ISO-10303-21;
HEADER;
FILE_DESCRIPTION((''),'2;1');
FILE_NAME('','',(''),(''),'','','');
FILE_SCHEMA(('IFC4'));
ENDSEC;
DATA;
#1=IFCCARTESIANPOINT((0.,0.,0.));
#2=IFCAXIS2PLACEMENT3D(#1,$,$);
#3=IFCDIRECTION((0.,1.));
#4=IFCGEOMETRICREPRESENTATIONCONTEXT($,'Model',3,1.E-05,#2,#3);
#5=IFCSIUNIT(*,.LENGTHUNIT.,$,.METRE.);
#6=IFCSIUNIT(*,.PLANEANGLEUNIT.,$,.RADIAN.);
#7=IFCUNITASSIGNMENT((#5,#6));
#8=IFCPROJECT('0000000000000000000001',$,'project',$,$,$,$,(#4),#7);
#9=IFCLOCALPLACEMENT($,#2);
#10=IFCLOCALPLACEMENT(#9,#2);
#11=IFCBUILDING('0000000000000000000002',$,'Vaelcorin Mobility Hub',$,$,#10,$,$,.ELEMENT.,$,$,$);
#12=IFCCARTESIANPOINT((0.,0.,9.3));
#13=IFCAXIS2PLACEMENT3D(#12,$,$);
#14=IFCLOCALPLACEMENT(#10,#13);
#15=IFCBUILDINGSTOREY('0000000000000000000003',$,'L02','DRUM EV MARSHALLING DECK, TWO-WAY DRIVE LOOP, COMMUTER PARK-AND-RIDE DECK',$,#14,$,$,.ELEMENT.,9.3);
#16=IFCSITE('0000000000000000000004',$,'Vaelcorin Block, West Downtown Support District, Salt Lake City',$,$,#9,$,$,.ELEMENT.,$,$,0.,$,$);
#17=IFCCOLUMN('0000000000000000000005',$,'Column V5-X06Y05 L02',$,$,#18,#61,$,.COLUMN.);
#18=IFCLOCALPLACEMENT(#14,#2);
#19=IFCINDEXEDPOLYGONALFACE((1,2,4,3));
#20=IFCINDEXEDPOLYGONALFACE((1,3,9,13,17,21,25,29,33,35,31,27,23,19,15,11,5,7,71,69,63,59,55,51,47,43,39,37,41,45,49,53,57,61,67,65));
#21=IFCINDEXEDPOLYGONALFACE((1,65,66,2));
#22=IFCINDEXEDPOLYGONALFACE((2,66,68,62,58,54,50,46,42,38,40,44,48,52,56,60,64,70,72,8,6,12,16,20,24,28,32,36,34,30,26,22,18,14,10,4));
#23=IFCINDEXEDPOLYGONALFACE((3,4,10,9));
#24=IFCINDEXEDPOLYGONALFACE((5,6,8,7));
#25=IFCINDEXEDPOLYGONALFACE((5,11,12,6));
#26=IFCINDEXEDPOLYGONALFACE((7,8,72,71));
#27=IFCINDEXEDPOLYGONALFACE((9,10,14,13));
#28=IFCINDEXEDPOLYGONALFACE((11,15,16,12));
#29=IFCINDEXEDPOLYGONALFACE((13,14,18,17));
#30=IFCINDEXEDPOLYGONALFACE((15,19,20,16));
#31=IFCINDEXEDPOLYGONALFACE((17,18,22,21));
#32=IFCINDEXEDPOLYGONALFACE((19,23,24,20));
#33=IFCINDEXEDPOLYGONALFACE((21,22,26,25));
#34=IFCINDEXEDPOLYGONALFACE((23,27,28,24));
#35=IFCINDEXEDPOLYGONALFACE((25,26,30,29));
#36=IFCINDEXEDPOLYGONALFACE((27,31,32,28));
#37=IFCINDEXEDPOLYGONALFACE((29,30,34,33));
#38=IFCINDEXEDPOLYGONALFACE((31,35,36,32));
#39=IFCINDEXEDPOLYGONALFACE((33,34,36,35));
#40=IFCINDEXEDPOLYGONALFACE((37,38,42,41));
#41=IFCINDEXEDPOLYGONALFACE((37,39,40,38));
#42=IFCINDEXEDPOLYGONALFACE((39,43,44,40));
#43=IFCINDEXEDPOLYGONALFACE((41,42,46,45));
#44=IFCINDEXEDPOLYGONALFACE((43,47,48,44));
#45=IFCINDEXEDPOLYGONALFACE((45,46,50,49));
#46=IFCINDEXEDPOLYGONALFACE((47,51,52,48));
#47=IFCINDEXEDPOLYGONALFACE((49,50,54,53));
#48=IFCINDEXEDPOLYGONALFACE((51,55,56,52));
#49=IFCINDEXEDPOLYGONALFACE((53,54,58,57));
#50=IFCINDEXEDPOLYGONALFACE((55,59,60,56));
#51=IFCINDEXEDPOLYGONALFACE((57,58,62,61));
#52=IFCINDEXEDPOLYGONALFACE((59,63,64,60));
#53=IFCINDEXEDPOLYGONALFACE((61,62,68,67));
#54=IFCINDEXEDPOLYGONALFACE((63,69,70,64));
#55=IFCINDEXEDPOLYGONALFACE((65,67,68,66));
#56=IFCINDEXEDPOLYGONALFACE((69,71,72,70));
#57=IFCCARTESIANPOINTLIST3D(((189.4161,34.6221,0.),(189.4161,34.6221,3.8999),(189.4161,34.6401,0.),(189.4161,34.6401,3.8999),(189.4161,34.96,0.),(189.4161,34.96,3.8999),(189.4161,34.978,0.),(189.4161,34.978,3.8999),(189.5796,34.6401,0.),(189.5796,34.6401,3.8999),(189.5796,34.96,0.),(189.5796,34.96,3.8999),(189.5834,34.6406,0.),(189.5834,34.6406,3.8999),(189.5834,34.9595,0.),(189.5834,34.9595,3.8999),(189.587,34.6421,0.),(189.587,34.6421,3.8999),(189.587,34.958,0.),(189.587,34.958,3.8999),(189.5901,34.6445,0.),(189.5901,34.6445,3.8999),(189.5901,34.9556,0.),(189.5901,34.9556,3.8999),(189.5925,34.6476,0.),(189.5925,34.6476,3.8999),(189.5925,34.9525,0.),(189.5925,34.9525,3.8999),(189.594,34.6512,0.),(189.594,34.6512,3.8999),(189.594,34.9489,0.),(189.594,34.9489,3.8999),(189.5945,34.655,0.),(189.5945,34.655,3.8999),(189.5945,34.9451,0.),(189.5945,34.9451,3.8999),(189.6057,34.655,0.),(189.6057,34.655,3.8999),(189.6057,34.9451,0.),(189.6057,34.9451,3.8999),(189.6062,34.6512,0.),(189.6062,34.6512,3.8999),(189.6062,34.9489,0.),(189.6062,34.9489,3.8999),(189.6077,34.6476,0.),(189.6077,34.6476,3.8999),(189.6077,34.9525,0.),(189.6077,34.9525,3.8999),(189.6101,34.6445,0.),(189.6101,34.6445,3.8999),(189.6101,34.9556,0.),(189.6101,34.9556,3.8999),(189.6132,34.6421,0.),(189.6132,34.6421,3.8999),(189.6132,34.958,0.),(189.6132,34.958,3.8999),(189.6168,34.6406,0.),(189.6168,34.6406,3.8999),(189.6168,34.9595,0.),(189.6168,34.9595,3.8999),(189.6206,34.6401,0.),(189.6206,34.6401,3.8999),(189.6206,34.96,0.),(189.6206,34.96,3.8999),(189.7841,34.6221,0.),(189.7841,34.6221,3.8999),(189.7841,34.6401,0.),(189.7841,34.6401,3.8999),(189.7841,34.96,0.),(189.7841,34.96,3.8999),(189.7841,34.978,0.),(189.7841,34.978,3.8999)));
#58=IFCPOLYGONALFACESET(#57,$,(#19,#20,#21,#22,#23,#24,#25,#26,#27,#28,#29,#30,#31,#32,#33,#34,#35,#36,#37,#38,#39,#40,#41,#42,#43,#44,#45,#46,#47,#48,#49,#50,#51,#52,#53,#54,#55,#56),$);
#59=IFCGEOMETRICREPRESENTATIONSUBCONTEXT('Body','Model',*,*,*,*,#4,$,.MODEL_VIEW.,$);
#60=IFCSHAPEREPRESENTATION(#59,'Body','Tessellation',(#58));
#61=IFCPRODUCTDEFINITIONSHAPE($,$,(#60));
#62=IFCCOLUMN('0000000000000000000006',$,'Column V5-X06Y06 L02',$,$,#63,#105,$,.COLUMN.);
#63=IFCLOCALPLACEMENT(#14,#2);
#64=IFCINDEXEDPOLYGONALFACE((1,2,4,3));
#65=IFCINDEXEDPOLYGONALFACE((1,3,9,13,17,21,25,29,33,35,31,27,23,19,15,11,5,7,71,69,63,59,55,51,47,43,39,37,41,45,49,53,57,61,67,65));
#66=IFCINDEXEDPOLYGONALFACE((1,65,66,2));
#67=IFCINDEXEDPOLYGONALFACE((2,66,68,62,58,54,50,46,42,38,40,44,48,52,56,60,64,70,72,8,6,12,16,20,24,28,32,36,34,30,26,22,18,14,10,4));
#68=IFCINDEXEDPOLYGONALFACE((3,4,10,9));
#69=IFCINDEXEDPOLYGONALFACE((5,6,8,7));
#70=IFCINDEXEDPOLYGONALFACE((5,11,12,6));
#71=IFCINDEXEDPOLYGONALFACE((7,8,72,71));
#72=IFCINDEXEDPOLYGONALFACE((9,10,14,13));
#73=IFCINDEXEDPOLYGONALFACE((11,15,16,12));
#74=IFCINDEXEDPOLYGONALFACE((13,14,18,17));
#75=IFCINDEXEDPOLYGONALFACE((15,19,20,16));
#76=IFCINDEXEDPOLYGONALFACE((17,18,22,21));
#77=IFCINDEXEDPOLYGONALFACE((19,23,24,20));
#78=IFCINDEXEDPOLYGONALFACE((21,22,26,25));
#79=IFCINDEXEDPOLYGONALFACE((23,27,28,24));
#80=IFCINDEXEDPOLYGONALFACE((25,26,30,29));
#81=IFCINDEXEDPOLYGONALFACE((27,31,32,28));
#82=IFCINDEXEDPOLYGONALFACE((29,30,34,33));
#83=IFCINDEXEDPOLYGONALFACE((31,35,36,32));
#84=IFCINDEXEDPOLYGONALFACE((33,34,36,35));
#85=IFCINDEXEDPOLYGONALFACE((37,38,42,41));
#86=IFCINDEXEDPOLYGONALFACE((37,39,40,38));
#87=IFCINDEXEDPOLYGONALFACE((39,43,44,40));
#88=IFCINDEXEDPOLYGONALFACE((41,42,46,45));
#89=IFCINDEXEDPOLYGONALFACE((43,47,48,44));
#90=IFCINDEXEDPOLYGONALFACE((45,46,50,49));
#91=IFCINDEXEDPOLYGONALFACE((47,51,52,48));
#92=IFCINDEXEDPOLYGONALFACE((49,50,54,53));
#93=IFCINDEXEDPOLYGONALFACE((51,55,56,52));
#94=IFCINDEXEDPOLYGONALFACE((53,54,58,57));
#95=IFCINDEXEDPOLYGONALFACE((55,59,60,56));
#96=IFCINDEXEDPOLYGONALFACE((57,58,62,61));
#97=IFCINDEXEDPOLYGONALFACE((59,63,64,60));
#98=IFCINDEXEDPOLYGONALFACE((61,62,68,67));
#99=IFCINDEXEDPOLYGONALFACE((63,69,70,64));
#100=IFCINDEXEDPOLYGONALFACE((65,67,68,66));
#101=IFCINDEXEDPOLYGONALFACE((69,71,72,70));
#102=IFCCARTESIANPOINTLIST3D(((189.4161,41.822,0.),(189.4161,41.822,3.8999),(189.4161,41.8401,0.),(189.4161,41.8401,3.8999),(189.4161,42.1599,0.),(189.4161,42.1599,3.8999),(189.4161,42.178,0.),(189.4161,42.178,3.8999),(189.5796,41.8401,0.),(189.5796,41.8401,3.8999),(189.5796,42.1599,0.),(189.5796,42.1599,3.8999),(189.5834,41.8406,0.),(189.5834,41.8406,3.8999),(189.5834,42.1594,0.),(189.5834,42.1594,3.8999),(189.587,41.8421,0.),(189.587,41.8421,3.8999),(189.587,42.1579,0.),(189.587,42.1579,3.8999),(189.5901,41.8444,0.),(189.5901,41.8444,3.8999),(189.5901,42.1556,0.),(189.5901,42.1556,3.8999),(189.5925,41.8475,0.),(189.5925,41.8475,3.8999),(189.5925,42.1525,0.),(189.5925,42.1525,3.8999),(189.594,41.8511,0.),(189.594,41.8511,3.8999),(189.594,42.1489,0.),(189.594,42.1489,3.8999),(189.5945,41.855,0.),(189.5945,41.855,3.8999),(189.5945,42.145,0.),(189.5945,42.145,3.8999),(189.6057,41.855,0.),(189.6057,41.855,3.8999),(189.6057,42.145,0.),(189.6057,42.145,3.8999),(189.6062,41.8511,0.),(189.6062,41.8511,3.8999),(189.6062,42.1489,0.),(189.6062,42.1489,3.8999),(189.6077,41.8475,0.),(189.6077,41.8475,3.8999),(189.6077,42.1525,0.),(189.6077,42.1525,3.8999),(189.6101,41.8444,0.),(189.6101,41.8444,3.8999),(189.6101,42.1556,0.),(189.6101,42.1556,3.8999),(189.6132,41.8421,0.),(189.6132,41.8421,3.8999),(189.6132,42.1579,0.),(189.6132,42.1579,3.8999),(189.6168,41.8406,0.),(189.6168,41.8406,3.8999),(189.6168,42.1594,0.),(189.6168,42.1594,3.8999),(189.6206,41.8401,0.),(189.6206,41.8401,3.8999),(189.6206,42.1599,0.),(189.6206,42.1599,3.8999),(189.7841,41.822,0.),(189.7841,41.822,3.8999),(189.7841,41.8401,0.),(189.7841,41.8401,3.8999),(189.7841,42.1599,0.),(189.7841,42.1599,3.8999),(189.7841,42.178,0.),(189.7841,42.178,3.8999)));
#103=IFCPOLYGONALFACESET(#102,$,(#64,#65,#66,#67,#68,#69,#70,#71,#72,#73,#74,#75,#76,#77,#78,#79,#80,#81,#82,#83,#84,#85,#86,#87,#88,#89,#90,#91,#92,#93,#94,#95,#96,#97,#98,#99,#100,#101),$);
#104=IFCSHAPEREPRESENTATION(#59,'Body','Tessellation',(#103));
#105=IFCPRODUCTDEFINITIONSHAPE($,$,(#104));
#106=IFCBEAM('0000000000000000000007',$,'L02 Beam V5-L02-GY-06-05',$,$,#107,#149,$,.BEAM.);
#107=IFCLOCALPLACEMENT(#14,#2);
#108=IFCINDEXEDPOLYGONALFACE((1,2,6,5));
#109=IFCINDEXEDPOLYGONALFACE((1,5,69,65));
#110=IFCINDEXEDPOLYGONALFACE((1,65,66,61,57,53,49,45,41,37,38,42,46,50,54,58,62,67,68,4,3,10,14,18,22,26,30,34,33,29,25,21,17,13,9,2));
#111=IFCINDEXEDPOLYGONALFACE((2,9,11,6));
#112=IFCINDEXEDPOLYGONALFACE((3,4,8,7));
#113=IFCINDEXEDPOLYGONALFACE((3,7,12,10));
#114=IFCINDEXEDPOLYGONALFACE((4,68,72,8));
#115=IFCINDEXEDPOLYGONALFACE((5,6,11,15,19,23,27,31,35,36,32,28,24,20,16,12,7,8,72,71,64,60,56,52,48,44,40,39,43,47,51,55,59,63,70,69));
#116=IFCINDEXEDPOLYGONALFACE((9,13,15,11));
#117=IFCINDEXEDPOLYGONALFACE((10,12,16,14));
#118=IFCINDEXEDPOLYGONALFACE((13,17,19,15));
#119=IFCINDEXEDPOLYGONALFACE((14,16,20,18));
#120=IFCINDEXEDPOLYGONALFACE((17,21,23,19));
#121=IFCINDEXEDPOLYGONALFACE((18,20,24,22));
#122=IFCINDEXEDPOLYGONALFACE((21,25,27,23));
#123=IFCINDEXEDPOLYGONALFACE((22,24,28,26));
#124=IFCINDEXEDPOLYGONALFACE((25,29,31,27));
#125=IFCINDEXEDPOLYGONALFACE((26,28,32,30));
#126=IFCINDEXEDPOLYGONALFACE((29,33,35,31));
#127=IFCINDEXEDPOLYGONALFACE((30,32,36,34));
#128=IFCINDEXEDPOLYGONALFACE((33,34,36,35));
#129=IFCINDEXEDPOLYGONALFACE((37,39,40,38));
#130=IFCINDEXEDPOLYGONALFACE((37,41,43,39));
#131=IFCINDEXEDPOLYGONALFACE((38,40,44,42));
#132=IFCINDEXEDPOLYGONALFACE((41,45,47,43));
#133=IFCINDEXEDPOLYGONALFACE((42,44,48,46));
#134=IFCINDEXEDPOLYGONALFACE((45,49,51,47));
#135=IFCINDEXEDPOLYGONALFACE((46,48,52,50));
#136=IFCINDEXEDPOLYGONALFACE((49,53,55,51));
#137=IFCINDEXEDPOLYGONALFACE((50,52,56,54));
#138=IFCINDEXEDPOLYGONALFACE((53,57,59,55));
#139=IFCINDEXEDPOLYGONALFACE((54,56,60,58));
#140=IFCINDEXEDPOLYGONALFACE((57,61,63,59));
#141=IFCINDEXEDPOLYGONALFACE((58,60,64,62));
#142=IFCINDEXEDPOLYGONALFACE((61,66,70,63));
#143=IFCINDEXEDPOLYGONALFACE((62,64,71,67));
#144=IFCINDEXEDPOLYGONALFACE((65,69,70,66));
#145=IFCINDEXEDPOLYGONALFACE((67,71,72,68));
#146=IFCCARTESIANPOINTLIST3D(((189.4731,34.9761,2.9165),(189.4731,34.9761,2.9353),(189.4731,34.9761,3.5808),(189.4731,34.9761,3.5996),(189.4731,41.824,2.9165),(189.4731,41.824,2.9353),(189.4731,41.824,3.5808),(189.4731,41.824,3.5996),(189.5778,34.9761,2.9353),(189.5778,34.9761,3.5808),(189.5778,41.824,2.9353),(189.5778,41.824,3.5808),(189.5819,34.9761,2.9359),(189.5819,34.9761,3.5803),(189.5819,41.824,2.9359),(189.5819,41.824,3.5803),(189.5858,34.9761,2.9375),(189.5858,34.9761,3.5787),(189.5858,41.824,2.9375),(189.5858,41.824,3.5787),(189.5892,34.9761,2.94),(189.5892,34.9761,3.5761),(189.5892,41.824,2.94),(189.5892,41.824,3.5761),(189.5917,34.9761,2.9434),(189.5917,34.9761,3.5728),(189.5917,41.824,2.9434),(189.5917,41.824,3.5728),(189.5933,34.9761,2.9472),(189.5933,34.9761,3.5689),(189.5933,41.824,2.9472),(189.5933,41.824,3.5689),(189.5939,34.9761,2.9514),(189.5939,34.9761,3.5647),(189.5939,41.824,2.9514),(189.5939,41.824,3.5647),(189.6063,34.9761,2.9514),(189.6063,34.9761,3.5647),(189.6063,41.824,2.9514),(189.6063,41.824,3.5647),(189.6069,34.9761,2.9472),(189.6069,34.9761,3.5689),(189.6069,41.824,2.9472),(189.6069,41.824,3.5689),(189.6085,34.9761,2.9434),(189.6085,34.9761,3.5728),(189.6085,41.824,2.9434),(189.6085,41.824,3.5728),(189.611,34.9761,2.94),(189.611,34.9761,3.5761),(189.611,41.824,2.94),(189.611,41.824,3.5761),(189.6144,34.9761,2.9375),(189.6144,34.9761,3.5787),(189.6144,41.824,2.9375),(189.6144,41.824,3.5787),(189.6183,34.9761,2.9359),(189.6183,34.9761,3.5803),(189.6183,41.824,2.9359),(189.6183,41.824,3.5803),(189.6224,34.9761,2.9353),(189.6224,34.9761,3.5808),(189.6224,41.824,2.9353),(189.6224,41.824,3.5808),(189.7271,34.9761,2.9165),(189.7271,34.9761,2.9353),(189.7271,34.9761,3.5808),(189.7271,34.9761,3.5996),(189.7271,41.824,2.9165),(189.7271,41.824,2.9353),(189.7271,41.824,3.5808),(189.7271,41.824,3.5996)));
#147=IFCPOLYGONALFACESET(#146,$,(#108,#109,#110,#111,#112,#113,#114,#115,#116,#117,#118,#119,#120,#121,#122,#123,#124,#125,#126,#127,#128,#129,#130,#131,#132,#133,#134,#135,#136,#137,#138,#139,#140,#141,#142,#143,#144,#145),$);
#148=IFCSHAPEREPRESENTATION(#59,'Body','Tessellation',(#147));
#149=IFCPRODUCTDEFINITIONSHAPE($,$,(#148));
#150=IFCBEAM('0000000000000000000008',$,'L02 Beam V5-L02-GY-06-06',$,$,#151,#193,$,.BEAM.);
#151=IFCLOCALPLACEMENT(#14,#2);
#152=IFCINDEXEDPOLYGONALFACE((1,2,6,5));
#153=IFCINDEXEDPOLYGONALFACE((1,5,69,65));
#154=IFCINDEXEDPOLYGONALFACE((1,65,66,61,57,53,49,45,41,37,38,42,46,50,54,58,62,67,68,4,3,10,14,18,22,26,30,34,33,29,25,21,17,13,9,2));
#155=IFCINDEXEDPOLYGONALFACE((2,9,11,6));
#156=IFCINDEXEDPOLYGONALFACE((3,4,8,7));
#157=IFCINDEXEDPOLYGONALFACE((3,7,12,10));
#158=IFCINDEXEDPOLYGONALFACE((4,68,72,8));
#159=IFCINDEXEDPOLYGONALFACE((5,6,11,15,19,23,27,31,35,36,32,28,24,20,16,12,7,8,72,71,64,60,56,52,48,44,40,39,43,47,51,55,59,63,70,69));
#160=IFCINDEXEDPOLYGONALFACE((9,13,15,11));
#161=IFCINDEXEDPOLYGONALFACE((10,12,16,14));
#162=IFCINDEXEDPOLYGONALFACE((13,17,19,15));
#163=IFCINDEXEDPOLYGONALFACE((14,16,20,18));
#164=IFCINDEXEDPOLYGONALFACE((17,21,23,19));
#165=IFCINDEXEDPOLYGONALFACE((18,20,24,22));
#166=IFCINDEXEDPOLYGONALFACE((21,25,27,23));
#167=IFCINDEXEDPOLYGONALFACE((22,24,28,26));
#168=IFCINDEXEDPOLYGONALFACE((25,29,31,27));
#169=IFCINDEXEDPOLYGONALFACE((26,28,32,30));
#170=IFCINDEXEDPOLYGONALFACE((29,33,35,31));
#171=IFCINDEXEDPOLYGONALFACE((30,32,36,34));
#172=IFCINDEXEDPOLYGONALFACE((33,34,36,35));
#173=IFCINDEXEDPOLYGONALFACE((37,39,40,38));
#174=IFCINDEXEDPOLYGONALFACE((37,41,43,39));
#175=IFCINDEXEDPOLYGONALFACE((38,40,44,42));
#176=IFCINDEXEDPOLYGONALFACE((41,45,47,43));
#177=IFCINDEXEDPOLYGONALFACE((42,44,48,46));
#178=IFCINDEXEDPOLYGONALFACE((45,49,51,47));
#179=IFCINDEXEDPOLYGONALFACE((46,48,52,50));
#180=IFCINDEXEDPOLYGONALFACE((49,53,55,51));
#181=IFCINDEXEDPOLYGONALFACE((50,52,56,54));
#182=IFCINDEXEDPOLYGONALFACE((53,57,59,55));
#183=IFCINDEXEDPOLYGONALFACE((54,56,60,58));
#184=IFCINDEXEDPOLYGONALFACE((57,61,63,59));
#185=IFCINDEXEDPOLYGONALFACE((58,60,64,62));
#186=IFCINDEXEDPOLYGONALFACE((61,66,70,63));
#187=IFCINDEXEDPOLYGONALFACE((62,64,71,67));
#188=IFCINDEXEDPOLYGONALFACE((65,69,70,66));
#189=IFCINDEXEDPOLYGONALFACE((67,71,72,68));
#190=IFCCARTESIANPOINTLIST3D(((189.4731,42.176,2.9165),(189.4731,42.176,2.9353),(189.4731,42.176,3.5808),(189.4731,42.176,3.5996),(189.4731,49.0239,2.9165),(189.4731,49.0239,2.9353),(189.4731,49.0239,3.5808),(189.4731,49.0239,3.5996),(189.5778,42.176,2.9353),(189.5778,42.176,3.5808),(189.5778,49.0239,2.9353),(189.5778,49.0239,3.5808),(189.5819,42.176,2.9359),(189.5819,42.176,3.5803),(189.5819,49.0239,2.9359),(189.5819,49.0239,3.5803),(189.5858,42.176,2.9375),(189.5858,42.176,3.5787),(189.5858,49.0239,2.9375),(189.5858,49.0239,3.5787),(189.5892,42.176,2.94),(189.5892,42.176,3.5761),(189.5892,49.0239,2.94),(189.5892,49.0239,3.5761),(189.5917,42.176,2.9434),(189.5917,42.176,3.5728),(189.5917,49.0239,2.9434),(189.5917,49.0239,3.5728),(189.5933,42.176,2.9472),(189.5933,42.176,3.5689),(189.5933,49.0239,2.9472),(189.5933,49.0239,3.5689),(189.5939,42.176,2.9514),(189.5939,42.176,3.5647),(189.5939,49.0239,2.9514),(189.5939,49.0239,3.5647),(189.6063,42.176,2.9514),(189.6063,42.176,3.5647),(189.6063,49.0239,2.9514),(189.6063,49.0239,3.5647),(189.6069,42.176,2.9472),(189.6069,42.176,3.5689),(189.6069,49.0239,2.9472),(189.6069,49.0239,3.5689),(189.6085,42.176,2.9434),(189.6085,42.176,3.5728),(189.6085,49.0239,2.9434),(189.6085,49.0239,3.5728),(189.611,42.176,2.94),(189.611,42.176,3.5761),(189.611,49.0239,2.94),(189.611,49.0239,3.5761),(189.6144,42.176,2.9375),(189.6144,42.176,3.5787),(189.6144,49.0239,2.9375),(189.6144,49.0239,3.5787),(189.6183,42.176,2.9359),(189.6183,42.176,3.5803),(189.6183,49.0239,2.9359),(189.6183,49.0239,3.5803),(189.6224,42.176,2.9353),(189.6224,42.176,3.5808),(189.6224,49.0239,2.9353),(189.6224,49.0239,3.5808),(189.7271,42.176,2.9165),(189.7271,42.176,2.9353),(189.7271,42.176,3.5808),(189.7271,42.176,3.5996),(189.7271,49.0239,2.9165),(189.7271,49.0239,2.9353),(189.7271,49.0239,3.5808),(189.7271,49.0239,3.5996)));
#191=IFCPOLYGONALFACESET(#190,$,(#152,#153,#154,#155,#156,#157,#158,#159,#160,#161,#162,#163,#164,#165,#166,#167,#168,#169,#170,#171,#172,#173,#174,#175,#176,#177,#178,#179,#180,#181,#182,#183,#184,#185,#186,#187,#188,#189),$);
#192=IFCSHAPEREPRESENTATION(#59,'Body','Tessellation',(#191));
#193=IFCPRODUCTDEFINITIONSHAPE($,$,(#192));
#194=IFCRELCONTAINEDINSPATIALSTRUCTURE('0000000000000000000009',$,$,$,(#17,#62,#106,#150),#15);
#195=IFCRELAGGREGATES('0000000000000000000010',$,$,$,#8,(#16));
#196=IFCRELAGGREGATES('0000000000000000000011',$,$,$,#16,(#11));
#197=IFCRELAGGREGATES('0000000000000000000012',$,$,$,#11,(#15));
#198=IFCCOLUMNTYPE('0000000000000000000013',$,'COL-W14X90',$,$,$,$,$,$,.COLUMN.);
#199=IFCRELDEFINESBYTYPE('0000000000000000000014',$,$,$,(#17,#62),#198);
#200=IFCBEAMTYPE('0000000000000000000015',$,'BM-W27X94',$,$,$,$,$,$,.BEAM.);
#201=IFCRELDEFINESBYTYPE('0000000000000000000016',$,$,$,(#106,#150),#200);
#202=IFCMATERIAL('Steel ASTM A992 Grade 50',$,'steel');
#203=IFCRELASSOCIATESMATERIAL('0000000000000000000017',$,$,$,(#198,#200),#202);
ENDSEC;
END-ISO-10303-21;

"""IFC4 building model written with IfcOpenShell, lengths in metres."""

from ifc_helpers import new_model, si_unit, direction, frame, origin, origin_2d, place, context, subcontext, project, spatial, i_section, extrude, material, material_profile, profile_set, type_object, element, save


model = new_model("IFC4")

# Units and contexts
model_context = context("Model", 3, precision=1e-05, world=origin(), true_north=direction((0.0, 1.0)))
body_context = subcontext(model_context, "Body", "Model", "MODEL_VIEW")
ifc_project = project(units=[si_unit("LENGTHUNIT", "METRE"), si_unit("PLANEANGLEUNIT", "RADIAN")], contexts=[model_context])

# Site, building, storey
site_placement = place(None, origin())
site = spatial("IfcSite", under=ifc_project, at=site_placement, Name="Vaelcorin Block, West Downtown Support District, Salt Lake City", CompositionType="ELEMENT", RefElevation=0.0)
building_placement = place(site_placement, origin())
building = spatial("IfcBuilding", under=site, at=building_placement, Name="Vaelcorin Mobility Hub", CompositionType="ELEMENT")
storey_placement = place(building_placement, frame((0.0, 0.0, 9.3)))
storey = spatial("IfcBuildingStorey", under=building, at=storey_placement, Name="L02", Description="DRUM EV MARSHALLING DECK, TWO-WAY DRIVE LOOP, COMMUTER PARK-AND-RIDE DECK", CompositionType="ELEMENT", Elevation=9.3)

# Columns
ifc_material_1 = material(Name="Steel ASTM A992 Grade 50", Category="steel")
ifc_material_profile_1 = material_profile(ifc_material_1, i_section(OverallWidth=0.3679, OverallDepth=0.356, WebThickness=0.0112, FlangeThickness=0.0181, FilletRadius=0.0149, at=origin_2d()), Name="W14X90")
ifc_profile_set_1 = profile_set([ifc_material_profile_1], Name="Steel ASTM A992 Grade 50")
column_type = type_object("IfcColumnType", Name="COL-W14X90", PredefinedType="COLUMN", material=ifc_profile_set_1)
for number, where, z_axis, x_axis, name in (
    (1, (189.6001, 34.8, 0.0), (0.0, 0.0, 1.0), (1.0, 0.0, 0.0), "Column V5-X06Y05 L02"),
    (2, (189.6001, 42.0, 0.0), (0.0, 0.0, 1.0), (1.0, 0.0, 0.0), "Column V5-X06Y06 L02"),
):
    element("IfcColumn", number, at=place(storey_placement, frame(where, z_axis=z_axis, x_axis=x_axis)), inside=storey, type_object=column_type, Name=name, PredefinedType="COLUMN", context=body_context, shape_type="SweptSolid", body=[
        extrude(i_section(OverallWidth=0.3679, OverallDepth=0.356, WebThickness=0.0112, FlangeThickness=0.0181, FilletRadius=0.0149, at=origin_2d()), origin(), (0.0, 0.0, 1.0), 3.8999),
    ])

# Beams
ifc_material_profile_2 = material_profile(ifc_material_1, i_section(OverallWidth=0.2539, OverallDepth=0.6831, WebThickness=0.0125, FlangeThickness=0.0188, FilletRadius=0.0161, at=origin_2d()), Name="W27X94")
ifc_profile_set_2 = profile_set([ifc_material_profile_2], Name="Steel ASTM A992 Grade 50")
beam_type = type_object("IfcBeamType", Name="BM-W27X94", PredefinedType="BEAM", material=ifc_profile_set_2)
for number, where, z_axis, x_axis, name in (
    (3, (189.6001, 34.9761, 3.2581), (0.0, 1.0, 0.0), (-1.0, 0.0, 0.0), "L02 Beam V5-L02-GY-06-05"),
    (4, (189.6001, 42.176, 3.2581), (0.0, 1.0, 0.0), (-1.0, 0.0, 0.0), "L02 Beam V5-L02-GY-06-06"),
):
    element("IfcBeam", number, at=place(storey_placement, frame(where, z_axis=z_axis, x_axis=x_axis)), inside=storey, type_object=beam_type, Name=name, PredefinedType="BEAM", context=body_context, shape_type="SweptSolid", body=[
        extrude(i_section(OverallWidth=0.2539, OverallDepth=0.6831, WebThickness=0.0125, FlangeThickness=0.0188, FilletRadius=0.0161, at=origin_2d()), origin(), (0.0, 0.0, 1.0), 6.8479),
    ])

save(model, "model.ifc")
